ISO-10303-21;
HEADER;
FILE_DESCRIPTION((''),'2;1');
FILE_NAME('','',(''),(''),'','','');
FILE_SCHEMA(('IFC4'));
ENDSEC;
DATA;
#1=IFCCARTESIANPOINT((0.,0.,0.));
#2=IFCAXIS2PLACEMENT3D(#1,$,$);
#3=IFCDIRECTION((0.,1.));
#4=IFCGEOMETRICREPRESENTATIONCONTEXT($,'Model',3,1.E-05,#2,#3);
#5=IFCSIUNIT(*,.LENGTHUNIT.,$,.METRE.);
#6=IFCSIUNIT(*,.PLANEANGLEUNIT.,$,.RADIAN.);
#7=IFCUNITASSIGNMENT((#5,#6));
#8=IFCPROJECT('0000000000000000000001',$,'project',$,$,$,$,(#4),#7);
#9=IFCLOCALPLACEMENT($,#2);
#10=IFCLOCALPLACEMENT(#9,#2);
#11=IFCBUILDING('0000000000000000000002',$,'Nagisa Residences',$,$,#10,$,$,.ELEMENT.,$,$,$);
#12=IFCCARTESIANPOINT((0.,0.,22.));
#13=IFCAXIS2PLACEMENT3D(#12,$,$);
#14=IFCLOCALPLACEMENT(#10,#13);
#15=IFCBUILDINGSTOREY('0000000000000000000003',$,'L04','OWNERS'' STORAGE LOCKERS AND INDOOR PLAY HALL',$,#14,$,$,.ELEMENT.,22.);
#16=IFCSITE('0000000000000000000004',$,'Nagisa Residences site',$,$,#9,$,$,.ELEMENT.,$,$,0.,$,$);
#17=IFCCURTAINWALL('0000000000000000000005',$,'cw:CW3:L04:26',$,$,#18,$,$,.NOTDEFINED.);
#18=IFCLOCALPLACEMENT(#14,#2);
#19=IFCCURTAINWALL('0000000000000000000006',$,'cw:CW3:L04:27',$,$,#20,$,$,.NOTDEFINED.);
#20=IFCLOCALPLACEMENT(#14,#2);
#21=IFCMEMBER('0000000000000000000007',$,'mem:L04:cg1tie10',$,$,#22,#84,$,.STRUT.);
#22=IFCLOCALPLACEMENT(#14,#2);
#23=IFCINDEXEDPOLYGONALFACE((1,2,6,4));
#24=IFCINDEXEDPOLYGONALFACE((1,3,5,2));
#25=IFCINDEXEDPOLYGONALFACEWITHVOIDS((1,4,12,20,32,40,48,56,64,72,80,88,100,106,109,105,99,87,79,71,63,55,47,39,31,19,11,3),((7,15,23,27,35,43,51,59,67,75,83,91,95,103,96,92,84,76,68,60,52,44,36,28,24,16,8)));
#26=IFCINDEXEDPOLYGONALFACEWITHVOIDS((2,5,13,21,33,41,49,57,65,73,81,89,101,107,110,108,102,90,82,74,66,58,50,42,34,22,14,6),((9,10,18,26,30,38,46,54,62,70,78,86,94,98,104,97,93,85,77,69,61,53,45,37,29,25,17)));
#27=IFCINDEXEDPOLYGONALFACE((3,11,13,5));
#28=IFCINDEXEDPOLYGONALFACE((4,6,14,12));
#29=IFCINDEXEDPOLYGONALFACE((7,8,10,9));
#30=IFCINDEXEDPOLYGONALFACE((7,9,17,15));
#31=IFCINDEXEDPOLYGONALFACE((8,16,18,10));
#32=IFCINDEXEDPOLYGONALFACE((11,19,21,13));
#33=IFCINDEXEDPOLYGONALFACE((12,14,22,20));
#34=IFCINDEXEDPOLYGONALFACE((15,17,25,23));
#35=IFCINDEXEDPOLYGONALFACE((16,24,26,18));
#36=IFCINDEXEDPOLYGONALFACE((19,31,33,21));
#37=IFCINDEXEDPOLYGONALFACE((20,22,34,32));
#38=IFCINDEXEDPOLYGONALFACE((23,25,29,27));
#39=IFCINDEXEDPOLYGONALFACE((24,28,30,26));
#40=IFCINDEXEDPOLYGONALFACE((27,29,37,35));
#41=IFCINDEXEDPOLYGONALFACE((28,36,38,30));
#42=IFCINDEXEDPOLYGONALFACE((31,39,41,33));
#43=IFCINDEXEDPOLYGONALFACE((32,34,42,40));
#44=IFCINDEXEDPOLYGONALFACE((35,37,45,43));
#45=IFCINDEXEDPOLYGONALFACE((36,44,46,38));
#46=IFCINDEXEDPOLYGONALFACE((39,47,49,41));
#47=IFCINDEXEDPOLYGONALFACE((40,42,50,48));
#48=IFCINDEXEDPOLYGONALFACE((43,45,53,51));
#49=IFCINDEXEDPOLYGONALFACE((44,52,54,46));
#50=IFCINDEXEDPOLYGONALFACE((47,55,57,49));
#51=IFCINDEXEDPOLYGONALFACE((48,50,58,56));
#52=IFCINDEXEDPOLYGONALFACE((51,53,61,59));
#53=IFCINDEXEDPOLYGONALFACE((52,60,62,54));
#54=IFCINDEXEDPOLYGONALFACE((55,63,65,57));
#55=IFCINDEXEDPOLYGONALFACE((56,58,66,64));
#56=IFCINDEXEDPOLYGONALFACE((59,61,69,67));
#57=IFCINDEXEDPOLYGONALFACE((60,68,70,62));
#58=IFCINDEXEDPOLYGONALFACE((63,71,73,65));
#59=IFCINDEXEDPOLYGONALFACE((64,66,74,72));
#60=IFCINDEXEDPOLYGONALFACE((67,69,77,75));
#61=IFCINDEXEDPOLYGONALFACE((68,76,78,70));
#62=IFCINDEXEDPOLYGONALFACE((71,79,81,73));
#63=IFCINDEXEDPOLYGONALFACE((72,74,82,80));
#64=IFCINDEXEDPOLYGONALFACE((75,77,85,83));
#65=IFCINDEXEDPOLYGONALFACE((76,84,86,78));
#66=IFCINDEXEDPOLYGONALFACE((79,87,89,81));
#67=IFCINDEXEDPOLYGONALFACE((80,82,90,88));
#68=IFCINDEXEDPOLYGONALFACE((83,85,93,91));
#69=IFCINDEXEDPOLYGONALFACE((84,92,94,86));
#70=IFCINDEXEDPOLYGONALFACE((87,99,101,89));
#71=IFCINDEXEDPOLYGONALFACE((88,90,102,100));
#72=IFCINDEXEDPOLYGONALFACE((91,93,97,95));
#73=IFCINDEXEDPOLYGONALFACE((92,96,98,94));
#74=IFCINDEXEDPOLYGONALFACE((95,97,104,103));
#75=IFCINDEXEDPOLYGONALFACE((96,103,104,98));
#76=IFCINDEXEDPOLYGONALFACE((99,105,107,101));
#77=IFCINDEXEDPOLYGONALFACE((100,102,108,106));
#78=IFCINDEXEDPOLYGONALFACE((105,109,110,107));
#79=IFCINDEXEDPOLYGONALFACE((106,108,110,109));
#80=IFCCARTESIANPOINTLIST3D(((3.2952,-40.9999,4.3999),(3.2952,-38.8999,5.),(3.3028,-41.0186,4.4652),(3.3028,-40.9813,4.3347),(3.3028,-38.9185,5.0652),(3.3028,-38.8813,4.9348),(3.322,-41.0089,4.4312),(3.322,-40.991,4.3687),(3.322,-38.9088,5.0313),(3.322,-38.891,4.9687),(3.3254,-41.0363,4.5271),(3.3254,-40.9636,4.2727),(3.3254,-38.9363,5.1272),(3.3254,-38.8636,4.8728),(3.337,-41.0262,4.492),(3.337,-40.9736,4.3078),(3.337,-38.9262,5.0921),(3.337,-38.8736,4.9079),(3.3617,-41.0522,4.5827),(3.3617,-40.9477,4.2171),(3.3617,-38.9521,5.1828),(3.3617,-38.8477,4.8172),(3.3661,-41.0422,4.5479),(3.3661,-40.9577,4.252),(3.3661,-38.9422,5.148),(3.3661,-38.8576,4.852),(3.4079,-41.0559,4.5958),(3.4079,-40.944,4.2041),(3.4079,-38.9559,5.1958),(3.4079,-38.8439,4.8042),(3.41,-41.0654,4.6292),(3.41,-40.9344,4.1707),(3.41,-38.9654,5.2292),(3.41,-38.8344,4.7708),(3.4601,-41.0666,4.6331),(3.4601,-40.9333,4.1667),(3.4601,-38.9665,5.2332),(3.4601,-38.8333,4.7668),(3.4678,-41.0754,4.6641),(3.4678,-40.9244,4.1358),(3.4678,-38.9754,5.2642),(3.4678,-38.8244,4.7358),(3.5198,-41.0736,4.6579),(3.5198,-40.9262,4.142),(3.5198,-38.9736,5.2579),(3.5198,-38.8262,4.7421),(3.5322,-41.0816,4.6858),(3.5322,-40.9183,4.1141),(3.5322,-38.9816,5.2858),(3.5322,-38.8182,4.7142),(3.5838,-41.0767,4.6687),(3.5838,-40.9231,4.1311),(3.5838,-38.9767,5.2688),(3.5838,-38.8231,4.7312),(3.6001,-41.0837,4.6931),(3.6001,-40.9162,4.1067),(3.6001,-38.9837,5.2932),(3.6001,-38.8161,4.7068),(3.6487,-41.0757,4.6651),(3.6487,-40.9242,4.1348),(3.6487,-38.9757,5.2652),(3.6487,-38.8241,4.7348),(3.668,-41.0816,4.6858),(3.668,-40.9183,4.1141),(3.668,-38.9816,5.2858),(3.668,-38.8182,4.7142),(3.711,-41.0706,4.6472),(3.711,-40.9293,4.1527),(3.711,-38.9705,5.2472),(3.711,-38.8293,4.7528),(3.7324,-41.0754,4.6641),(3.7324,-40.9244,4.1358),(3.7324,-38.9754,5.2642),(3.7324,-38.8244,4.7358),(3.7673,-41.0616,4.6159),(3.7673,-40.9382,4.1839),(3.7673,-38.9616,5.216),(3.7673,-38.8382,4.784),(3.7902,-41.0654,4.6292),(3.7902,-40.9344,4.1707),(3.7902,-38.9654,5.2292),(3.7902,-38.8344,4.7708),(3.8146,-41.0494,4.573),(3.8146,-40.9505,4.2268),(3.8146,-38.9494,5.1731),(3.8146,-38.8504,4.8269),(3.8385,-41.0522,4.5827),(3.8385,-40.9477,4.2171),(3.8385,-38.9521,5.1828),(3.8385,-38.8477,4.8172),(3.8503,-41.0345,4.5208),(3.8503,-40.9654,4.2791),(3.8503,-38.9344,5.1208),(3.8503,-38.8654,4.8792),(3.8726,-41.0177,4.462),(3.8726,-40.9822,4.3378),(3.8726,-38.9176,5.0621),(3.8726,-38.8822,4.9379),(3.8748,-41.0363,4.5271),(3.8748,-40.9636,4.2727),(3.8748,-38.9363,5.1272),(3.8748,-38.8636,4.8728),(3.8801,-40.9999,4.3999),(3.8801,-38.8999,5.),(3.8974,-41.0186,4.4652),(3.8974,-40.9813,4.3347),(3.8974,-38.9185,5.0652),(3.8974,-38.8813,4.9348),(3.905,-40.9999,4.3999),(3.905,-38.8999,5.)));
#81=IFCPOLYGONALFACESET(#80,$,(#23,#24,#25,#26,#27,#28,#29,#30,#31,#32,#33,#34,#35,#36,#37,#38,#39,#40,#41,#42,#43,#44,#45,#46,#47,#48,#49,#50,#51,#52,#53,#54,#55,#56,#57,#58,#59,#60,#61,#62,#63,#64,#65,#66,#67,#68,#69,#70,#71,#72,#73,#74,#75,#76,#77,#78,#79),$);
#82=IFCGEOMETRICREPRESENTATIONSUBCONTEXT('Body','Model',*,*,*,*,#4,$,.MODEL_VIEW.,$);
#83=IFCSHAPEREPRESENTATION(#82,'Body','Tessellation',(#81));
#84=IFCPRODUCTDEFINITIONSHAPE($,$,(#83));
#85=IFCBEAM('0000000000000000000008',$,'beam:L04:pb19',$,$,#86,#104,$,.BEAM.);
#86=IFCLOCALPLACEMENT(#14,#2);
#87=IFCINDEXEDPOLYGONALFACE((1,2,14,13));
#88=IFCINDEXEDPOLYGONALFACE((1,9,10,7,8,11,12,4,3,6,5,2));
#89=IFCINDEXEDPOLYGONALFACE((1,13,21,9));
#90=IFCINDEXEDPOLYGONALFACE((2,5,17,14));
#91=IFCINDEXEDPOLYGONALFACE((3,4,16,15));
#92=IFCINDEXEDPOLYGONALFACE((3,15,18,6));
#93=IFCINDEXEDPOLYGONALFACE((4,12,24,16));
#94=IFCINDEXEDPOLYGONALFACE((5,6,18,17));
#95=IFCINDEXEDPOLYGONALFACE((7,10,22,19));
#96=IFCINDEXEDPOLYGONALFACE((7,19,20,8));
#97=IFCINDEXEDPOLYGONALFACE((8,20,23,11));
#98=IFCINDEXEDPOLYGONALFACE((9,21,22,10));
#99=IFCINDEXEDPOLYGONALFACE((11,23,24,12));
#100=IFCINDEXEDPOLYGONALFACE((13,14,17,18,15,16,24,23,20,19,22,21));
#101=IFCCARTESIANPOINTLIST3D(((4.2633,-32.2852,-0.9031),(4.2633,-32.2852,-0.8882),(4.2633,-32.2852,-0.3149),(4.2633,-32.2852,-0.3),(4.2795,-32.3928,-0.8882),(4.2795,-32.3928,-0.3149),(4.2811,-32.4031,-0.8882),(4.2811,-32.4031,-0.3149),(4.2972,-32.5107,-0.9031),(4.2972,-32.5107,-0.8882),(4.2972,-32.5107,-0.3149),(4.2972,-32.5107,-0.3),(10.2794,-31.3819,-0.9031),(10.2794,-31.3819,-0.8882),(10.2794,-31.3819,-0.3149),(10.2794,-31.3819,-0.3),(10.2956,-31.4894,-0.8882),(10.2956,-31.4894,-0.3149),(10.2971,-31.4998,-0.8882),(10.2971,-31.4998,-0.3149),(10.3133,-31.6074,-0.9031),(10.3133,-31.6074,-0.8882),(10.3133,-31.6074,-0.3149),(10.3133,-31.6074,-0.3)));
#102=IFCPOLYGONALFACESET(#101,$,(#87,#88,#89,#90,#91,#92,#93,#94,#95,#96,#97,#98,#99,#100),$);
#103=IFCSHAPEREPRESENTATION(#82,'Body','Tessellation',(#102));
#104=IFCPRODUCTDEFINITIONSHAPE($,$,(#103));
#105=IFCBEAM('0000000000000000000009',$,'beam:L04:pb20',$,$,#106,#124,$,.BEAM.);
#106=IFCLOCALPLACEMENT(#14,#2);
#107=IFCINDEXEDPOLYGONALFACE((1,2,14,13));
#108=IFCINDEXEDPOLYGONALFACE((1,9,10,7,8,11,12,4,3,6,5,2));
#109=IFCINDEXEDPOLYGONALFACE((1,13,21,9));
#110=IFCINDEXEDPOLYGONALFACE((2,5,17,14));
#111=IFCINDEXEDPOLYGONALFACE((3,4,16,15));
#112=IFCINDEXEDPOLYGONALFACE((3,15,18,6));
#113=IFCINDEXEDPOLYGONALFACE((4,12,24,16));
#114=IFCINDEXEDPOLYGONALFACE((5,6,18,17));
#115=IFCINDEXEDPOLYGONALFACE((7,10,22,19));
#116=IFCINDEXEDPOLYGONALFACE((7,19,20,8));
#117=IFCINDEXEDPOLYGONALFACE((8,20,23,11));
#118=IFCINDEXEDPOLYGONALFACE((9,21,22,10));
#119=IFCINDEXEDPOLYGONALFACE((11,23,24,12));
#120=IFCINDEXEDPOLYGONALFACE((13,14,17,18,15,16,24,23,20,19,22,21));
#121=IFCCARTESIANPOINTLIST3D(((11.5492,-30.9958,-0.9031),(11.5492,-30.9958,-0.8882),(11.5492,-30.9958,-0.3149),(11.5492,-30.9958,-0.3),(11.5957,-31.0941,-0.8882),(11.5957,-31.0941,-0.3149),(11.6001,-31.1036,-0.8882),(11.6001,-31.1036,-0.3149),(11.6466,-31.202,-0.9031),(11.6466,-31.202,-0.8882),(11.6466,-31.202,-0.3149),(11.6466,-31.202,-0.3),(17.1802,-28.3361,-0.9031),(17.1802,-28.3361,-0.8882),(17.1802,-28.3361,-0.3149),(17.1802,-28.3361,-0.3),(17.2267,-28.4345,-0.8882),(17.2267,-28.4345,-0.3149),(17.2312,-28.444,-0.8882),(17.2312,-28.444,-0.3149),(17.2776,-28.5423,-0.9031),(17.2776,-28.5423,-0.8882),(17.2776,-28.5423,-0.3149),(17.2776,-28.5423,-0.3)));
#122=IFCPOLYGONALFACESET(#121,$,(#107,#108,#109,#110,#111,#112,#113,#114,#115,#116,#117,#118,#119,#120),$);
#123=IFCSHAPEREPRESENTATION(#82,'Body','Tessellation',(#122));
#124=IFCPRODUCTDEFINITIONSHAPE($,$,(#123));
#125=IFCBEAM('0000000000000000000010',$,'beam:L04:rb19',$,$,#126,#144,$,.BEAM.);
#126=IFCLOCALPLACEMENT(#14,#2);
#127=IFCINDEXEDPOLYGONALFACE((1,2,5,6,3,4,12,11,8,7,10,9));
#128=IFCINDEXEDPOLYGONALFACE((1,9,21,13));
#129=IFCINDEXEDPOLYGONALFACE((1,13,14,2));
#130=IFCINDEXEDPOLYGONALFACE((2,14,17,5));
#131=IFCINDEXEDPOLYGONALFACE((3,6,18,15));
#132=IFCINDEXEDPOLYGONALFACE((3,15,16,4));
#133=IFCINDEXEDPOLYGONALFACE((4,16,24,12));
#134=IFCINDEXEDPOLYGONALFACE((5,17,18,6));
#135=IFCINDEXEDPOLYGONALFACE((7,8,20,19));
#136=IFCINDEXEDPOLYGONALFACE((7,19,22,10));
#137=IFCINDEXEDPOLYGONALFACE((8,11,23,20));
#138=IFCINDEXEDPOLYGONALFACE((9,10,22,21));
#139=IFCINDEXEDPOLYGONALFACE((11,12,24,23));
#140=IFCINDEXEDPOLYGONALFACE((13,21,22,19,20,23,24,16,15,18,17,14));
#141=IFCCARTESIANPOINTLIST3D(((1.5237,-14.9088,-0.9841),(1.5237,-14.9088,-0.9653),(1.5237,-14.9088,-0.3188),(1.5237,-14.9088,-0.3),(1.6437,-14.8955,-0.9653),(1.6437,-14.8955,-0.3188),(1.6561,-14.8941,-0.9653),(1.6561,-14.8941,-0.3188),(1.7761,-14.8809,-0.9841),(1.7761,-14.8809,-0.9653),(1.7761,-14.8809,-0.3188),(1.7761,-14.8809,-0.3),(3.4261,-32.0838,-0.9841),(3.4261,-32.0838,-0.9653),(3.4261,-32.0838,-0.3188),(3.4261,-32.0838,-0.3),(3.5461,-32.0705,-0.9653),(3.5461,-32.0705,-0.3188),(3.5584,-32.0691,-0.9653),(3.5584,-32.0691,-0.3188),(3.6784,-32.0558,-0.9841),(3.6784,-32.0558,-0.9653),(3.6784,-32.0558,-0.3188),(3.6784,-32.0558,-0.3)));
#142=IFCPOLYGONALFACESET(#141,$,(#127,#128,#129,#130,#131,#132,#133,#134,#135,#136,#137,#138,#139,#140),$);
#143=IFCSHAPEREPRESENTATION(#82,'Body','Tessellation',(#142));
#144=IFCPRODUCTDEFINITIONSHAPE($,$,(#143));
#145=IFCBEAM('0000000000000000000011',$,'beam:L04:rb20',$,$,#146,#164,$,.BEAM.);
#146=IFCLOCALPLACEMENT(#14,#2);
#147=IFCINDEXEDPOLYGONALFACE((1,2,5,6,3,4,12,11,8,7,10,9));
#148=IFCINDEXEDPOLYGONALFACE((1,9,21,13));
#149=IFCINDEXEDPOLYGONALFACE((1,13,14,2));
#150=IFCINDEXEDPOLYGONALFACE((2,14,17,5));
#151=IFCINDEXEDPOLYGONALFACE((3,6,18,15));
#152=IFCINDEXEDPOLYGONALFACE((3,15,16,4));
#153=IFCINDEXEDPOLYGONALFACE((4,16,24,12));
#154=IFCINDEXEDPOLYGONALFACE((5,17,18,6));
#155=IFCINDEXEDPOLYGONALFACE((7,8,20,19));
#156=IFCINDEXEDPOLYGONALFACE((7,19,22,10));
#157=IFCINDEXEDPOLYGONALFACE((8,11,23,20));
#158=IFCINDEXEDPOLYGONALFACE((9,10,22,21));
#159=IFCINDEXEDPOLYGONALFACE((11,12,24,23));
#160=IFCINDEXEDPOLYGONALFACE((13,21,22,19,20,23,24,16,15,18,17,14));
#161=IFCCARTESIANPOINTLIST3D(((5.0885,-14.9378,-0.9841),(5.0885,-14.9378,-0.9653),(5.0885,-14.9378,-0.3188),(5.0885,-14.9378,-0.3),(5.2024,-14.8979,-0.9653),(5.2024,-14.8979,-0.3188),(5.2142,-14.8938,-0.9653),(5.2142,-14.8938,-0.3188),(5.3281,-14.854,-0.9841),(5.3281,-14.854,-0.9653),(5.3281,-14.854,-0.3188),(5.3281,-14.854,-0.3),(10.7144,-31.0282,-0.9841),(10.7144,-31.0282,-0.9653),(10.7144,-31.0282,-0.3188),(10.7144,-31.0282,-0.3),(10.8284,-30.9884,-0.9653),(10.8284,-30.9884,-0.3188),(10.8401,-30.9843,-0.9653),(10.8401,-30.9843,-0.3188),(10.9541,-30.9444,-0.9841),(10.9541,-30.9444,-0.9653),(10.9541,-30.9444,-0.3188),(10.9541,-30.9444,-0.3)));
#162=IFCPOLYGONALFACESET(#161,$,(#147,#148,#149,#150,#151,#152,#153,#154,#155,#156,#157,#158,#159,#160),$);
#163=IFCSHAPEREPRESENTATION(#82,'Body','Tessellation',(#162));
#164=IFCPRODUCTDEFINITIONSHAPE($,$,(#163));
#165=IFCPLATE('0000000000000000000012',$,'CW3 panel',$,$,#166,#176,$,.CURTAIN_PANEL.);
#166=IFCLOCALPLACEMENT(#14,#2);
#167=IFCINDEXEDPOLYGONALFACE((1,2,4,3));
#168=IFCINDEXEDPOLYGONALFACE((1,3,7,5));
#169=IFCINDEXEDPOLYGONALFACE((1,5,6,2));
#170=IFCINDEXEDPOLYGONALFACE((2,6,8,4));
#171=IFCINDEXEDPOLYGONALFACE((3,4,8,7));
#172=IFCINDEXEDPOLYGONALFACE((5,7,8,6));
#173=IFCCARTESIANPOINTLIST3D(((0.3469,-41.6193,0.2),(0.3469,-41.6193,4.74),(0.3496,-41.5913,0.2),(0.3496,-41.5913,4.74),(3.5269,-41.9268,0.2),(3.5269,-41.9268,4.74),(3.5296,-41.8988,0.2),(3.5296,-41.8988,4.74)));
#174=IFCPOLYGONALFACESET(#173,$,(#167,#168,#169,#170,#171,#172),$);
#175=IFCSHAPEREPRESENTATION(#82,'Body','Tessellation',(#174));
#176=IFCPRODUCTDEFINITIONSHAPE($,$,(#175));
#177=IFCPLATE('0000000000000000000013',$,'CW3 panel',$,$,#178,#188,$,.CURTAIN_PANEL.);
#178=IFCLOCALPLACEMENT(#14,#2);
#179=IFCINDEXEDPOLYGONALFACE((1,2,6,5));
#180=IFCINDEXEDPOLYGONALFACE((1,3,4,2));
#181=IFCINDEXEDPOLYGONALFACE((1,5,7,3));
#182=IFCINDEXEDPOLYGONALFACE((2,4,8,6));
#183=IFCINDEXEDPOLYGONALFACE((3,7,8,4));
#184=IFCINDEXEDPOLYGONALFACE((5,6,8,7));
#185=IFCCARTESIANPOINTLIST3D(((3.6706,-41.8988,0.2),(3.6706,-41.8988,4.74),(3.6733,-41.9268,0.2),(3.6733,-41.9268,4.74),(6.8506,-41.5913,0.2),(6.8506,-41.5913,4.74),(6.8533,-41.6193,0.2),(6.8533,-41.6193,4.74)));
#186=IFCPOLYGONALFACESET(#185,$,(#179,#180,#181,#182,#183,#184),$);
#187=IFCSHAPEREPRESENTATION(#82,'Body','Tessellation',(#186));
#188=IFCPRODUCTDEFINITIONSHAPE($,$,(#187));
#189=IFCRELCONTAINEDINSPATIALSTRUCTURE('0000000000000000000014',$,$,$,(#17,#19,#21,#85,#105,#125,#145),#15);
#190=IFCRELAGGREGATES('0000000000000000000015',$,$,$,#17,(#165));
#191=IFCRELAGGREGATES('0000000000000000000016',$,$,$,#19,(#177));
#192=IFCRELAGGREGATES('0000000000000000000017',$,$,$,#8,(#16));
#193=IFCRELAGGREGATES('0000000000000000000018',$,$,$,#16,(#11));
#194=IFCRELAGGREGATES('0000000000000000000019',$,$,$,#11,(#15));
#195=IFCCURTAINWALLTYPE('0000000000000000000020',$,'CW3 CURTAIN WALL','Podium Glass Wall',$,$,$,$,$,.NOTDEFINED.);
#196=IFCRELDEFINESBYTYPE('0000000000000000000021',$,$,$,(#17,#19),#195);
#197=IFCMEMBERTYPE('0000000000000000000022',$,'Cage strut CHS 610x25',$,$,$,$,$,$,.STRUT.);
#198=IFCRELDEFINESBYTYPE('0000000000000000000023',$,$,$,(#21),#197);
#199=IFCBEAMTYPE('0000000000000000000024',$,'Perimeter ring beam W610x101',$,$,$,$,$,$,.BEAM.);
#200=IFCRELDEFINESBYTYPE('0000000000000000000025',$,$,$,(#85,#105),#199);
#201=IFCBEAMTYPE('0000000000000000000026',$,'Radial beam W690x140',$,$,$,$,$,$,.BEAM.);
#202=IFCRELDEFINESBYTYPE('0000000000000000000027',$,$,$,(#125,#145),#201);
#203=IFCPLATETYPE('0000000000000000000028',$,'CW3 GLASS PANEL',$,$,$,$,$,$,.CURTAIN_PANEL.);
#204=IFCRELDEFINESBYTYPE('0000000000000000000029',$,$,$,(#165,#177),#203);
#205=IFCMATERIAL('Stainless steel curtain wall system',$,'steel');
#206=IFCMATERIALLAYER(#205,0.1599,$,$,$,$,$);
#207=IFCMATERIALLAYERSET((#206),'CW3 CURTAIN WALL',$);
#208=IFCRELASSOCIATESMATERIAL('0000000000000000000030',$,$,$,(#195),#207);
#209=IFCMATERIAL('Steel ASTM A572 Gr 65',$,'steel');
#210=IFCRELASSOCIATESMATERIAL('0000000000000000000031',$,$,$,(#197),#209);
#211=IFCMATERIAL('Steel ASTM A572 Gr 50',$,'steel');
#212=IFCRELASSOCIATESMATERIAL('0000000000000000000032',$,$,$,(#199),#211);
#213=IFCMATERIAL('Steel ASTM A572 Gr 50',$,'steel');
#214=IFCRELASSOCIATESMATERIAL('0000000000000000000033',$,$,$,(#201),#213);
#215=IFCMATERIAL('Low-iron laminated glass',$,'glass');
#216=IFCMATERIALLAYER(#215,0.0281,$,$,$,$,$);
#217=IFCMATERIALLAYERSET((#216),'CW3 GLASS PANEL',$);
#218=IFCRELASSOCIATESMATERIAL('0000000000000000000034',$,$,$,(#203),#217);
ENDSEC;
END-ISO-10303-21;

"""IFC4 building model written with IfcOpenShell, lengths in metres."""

from ifc_helpers import new_model, si_unit, direction, frame, origin, origin_2d, place, context, subcontext, project, spatial, rectangle, hollow_circle, i_section, extrude, material, layer, layer_set, material_profile, profile_set, type_object, element, aggregate, save


model = new_model("IFC4")

# Units and contexts
model_context = context("Model", 3, precision=1e-05, world=origin(), true_north=direction((0.0, 1.0)))
body_context = subcontext(model_context, "Body", "Model", "MODEL_VIEW")
ifc_project = project(units=[si_unit("LENGTHUNIT", "METRE"), si_unit("PLANEANGLEUNIT", "RADIAN")], contexts=[model_context])

# Site, building, storey
site_placement = place(None, origin())
site = spatial("IfcSite", under=ifc_project, at=site_placement, Name="Nagisa Residences site", CompositionType="ELEMENT", RefElevation=0.0)
building_placement = place(site_placement, origin())
building = spatial("IfcBuilding", under=site, at=building_placement, Name="Nagisa Residences", CompositionType="ELEMENT")
storey_placement = place(building_placement, frame((0.0, 0.0, 22.0)))
storey = spatial("IfcBuildingStorey", under=building, at=storey_placement, Name="L04", Description="OWNERS' STORAGE LOCKERS AND INDOOR PLAY HALL", CompositionType="ELEMENT", Elevation=22.0)

# Curtain wall
ifc_material_1 = material(Name="Stainless steel curtain wall system", Category="steel")
ifc_layer_1 = layer(ifc_material_1, 0.1599)
ifc_layer_set_1 = layer_set([ifc_layer_1], Name="CW3 CURTAIN WALL")
curtain_wall_type_1 = type_object("IfcCurtainWallType", Name="CW3 CURTAIN WALL", Description="Podium Glass Wall", PredefinedType="NOTDEFINED", material=ifc_layer_set_1)
curtain_wall_1_placement = place(storey_placement, origin())
curtain_wall_1 = element("IfcCurtainWall", 1, at=curtain_wall_1_placement, inside=storey, type_object=curtain_wall_type_1, Name="cw:CW3:L04:26", PredefinedType="NOTDEFINED")

# Curtain wall
curtain_wall_2_placement = place(storey_placement, origin())
curtain_wall_2 = element("IfcCurtainWall", 2, at=curtain_wall_2_placement, inside=storey, type_object=curtain_wall_type_1, Name="cw:CW3:L04:27", PredefinedType="NOTDEFINED")

# Member
ifc_material_2 = material(Name="Steel ASTM A572 Gr 65", Category="steel")
ifc_material_profile_1 = material_profile(ifc_material_2, hollow_circle(Radius=0.3049, WallThickness=0.0249, at=origin_2d()), Name="CHS 610x25")
ifc_profile_set_1 = profile_set([ifc_material_profile_1], Name="Steel ASTM A572 Gr 65")
member_type_1 = type_object("IfcMemberType", Name="Cage strut CHS 610x25", PredefinedType="STRUT", material=ifc_profile_set_1)
member_1_placement = place(storey_placement, frame((3.6001, -38.8999, 5.0), z_axis=(0.0, -0.961516, -0.274751), x_axis=(1.0, 0.0, 0.0)))
element("IfcMember", 3, at=member_1_placement, inside=storey, type_object=member_type_1, Name="mem:L04:cg1tie10", PredefinedType="STRUT", context=body_context, shape_type="SweptSolid", body=[
    extrude(hollow_circle(Radius=0.3049, WallThickness=0.0249, at=origin_2d()), origin(), (0.0, 0.0, 1.0), 2.1841),
])

# Beams
ifc_material_3 = material(Name="Steel ASTM A572 Gr 50", Category="steel")
ifc_material_profile_2 = material_profile(ifc_material_3, i_section(OverallWidth=0.228, OverallDepth=0.603, WebThickness=0.0105, FlangeThickness=0.0149, at=origin_2d()), Name="W610x101")
ifc_profile_set_2 = profile_set([ifc_material_profile_2], Name="Steel ASTM A572 Gr 50")
beam_type_1 = type_object("IfcBeamType", Name="Perimeter ring beam W610x101", PredefinedType="BEAM", material=ifc_profile_set_2)
beam_1_placement = place(storey_placement, frame((4.2803, -32.3979, -0.6016), z_axis=(0.988915, 0.148486, 0.0), x_axis=(-0.148486, 0.988915, 0.0)))
element("IfcBeam", 4, at=beam_1_placement, inside=storey, type_object=beam_type_1, Name="beam:L04:pb19", PredefinedType="BEAM", context=body_context, shape_type="SweptSolid", body=[
    extrude(i_section(OverallWidth=0.228, OverallDepth=0.603, WebThickness=0.0105, FlangeThickness=0.0149, at=origin_2d()), origin(), (0.0, 0.0, 1.0), 6.0835),
])
beam_2_placement = place(storey_placement, frame((11.5979, -31.0989, -0.6016), z_axis=(0.904215, 0.427077, 0.0), x_axis=(-0.427077, 0.904215, 0.0)))
element("IfcBeam", 5, at=beam_2_placement, inside=storey, type_object=beam_type_1, Name="beam:L04:pb20", PredefinedType="BEAM", context=body_context, shape_type="SweptSolid", body=[
    extrude(i_section(OverallWidth=0.228, OverallDepth=0.603, WebThickness=0.0105, FlangeThickness=0.0149, at=origin_2d()), origin(), (0.0, 0.0, 1.0), 6.2275),
])
ifc_material_4 = material(Name="Steel ASTM A572 Gr 50", Category="steel")
ifc_material_profile_3 = material_profile(ifc_material_4, i_section(OverallWidth=0.2539, OverallDepth=0.6841, WebThickness=0.0125, FlangeThickness=0.0188, at=origin_2d()), Name="W690x140")
ifc_profile_set_3 = profile_set([ifc_material_profile_3], Name="Steel ASTM A572 Gr 50")
beam_type_2 = type_object("IfcBeamType", Name="Radial beam W690x140", PredefinedType="BEAM", material=ifc_profile_set_3)
beam_3_placement = place(storey_placement, frame((3.5522, -32.0698, -0.6421), z_axis=(-0.110089, 0.993922, 0.0), x_axis=(-0.993922, -0.110089, 0.0)))
element("IfcBeam", 6, at=beam_3_placement, inside=storey, type_object=beam_type_2, Name="beam:L04:rb19", PredefinedType="BEAM", context=body_context, shape_type="SweptSolid", body=[
    extrude(i_section(OverallWidth=0.2539, OverallDepth=0.6841, WebThickness=0.0125, FlangeThickness=0.0188, at=origin_2d()), origin(), (0.0, 0.0, 1.0), 17.28),
])
beam_4_placement = place(storey_placement, frame((10.8342, -30.9863, -0.6421), z_axis=(-0.330051, 0.943963, 0.0), x_axis=(-0.943963, -0.330051, 0.0)))
element("IfcBeam", 7, at=beam_4_placement, inside=storey, type_object=beam_type_2, Name="beam:L04:rb20", PredefinedType="BEAM", context=body_context, shape_type="SweptSolid", body=[
    extrude(i_section(OverallWidth=0.2539, OverallDepth=0.6841, WebThickness=0.0125, FlangeThickness=0.0188, at=origin_2d()), origin(), (0.0, 0.0, 1.0), 17.0457),
])

# Plates
ifc_material_5 = material(Name="Low-iron laminated glass", Category="glass")
ifc_layer_2 = layer(ifc_material_5, 0.0281)
ifc_layer_set_2 = layer_set([ifc_layer_2], Name="CW3 GLASS PANEL")
plate_type_1 = type_object("IfcPlateType", Name="CW3 GLASS PANEL", PredefinedType="CURTAIN_PANEL", material=ifc_layer_set_2)
plate_1_placement = place(storey_placement, frame((1.9382, -41.759, 0.2), z_axis=(0.0, 0.0, 1.0), x_axis=(0.995357, -0.096249, 0.0)))
plate_1 = element("IfcPlate", 8, at=plate_1_placement, type_object=plate_type_1, Name="CW3 panel", PredefinedType="CURTAIN_PANEL", context=body_context, shape_type="SweptSolid", body=[
    extrude(rectangle(XDim=3.1948, YDim=0.0281, at=origin_2d()), origin(), (0.0, 0.0, 1.0), 4.54),
])
aggregate(curtain_wall_1, [plate_1])
plate_2_placement = place(storey_placement, frame((5.262, -41.759, 0.2), z_axis=(0.0, 0.0, 1.0), x_axis=(0.995357, 0.096249, 0.0)))
plate_2 = element("IfcPlate", 9, at=plate_2_placement, type_object=plate_type_1, Name="CW3 panel", PredefinedType="CURTAIN_PANEL", context=body_context, shape_type="SweptSolid", body=[
    extrude(rectangle(XDim=3.1948, YDim=0.0281, at=origin_2d()), origin(), (0.0, 0.0, 1.0), 4.54),
])
aggregate(curtain_wall_2, [plate_2])

save(model, "model.ifc")
